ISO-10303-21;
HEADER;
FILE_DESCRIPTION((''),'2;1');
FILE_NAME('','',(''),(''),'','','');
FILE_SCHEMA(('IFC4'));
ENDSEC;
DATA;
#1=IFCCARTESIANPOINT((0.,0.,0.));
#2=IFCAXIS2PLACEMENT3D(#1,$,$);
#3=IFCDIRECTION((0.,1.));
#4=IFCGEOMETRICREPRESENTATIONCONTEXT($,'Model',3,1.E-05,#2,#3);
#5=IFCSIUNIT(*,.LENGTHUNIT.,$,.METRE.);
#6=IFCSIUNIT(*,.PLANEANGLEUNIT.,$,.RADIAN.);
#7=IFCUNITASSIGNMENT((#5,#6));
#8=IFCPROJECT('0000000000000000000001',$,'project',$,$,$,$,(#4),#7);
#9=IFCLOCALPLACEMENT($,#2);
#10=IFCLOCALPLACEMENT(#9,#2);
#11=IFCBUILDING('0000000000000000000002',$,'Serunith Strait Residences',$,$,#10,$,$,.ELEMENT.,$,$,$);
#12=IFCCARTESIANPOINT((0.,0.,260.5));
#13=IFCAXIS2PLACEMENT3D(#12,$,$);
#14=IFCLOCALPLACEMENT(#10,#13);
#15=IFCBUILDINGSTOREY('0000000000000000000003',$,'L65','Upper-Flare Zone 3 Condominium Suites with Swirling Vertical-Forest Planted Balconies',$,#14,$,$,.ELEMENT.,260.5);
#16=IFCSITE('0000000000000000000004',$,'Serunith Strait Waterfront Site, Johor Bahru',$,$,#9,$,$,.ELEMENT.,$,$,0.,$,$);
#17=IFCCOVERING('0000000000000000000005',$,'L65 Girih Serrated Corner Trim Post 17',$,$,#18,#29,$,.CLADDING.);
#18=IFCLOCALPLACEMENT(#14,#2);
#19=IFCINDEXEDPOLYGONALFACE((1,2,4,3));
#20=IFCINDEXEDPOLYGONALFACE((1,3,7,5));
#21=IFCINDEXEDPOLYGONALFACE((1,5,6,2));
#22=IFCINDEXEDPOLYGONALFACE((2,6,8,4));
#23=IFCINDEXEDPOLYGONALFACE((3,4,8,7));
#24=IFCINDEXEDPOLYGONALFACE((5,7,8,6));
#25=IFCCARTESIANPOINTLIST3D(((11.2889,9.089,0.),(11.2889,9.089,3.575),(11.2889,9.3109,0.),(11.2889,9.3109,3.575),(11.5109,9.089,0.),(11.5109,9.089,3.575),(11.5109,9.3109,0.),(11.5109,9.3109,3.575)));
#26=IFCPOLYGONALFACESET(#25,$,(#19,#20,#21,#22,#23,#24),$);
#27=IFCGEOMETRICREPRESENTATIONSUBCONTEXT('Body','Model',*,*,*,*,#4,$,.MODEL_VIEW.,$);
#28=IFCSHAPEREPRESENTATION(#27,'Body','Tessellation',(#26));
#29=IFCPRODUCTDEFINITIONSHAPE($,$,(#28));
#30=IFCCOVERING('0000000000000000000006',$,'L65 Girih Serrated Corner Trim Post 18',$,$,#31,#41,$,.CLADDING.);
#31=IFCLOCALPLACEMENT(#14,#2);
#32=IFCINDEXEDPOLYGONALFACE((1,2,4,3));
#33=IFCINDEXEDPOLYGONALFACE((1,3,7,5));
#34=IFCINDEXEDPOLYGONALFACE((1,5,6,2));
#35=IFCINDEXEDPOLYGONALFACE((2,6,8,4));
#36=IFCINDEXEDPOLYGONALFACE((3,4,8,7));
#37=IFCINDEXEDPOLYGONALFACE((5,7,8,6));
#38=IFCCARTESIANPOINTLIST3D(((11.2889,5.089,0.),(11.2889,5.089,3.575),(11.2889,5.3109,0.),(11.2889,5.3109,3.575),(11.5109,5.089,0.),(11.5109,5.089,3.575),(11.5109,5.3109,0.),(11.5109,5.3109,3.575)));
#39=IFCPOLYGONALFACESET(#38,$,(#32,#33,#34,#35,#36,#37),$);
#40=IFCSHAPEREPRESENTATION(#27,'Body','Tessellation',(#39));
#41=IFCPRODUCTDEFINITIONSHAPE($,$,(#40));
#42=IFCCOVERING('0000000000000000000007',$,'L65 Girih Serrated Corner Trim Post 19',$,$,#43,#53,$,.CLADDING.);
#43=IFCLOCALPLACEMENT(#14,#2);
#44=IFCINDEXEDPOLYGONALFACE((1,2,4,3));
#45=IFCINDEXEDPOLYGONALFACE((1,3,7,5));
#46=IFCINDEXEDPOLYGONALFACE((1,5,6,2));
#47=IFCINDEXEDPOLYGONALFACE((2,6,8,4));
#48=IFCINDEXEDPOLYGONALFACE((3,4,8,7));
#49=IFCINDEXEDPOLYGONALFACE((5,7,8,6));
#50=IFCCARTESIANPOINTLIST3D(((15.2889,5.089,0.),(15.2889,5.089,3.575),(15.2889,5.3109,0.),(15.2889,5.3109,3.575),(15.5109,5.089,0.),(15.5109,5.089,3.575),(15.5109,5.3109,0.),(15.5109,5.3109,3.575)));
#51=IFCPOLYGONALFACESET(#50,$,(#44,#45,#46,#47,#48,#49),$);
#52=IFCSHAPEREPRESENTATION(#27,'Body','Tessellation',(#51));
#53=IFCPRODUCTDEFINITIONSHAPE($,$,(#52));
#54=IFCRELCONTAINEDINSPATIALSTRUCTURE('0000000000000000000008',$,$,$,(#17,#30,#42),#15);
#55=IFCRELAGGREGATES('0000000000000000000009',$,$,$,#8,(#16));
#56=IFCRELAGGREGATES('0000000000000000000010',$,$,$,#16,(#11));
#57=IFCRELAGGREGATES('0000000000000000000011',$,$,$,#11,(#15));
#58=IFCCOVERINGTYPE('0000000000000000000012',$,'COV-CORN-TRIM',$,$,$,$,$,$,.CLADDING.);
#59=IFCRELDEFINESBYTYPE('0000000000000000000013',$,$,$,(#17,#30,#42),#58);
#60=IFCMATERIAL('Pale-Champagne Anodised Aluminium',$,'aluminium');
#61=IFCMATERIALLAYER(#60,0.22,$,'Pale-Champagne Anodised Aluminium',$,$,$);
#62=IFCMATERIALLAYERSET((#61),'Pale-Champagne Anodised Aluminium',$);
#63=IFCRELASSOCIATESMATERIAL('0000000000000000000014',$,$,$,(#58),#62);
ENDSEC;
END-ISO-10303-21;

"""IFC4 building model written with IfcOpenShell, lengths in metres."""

from ifc_helpers import new_model, si_unit, direction, frame, origin, origin_2d, place, context, subcontext, project, spatial, rectangle, extrude, source, transform, mapped, material, layer, layer_set, type_object, element, save


model = new_model("IFC4")

# Units and contexts
model_context = context("Model", 3, precision=1e-05, world=origin(), true_north=direction((0.0, 1.0)))
body_context = subcontext(model_context, "Body", "Model", "MODEL_VIEW")
ifc_project = project(units=[si_unit("LENGTHUNIT", "METRE"), si_unit("PLANEANGLEUNIT", "RADIAN")], contexts=[model_context])

# Site, building, storey
site_placement = place(None, origin())
site = spatial("IfcSite", under=ifc_project, at=site_placement, Name="Serunith Strait Waterfront Site, Johor Bahru", CompositionType="ELEMENT", RefElevation=0.0)
building_placement = place(site_placement, origin())
building = spatial("IfcBuilding", under=site, at=building_placement, Name="Serunith Strait Residences", CompositionType="ELEMENT")
storey_placement = place(building_placement, frame((0.0, 0.0, 260.5)))
storey = spatial("IfcBuildingStorey", under=building, at=storey_placement, Name="L65", Description="Upper-Flare Zone 3 Condominium Suites with Swirling Vertical-Forest Planted Balconies", CompositionType="ELEMENT", Elevation=260.5)

# Shared definitions
ifc_material_1 = material(Name="Pale-Champagne Anodised Aluminium", Category="aluminium")

# Coverings
ifc_layer_1 = layer(ifc_material_1, 0.22, Name="Pale-Champagne Anodised Aluminium")
ifc_layer_set_1 = layer_set([ifc_layer_1], Name="Pale-Champagne Anodised Aluminium")
covering_type_1 = type_object("IfcCoveringType", Name="COV-CORN-TRIM", PredefinedType="CLADDING", material=ifc_layer_set_1)
shared_shape_1 = source(origin(), body_context, "Body", "SweptSolid", [
    extrude(rectangle(XDim=0.2219, YDim=0.2219, at=origin_2d()), origin(), (0.0, 0.0, 1.0), 3.575),
])
for number, where, z_axis, x_axis, name in (
    (1, (11.3999, 9.2, 0.0), (0.0, 0.0, 1.0), (1.0, 0.0, 0.0), "L65 Girih Serrated Corner Trim Post 17"),
    (2, (11.3999, 5.2, 0.0), (0.0, 0.0, 1.0), (1.0, 0.0, 0.0), "L65 Girih Serrated Corner Trim Post 18"),
    (3, (15.3999, 5.2, 0.0), (0.0, 0.0, 1.0), (1.0, 0.0, 0.0), "L65 Girih Serrated Corner Trim Post 19"),
):
    element("IfcCovering", number, at=place(storey_placement, frame(where, z_axis=z_axis, x_axis=x_axis)), inside=storey, type_object=covering_type_1, Name=name, PredefinedType="CLADDING", context=body_context, shape_type="MappedRepresentation", body=[
        mapped(shared_shape_1, transform((0.0, 0.0, 0.0), scale=1.0)),
    ])

save(model, "model.ifc")
